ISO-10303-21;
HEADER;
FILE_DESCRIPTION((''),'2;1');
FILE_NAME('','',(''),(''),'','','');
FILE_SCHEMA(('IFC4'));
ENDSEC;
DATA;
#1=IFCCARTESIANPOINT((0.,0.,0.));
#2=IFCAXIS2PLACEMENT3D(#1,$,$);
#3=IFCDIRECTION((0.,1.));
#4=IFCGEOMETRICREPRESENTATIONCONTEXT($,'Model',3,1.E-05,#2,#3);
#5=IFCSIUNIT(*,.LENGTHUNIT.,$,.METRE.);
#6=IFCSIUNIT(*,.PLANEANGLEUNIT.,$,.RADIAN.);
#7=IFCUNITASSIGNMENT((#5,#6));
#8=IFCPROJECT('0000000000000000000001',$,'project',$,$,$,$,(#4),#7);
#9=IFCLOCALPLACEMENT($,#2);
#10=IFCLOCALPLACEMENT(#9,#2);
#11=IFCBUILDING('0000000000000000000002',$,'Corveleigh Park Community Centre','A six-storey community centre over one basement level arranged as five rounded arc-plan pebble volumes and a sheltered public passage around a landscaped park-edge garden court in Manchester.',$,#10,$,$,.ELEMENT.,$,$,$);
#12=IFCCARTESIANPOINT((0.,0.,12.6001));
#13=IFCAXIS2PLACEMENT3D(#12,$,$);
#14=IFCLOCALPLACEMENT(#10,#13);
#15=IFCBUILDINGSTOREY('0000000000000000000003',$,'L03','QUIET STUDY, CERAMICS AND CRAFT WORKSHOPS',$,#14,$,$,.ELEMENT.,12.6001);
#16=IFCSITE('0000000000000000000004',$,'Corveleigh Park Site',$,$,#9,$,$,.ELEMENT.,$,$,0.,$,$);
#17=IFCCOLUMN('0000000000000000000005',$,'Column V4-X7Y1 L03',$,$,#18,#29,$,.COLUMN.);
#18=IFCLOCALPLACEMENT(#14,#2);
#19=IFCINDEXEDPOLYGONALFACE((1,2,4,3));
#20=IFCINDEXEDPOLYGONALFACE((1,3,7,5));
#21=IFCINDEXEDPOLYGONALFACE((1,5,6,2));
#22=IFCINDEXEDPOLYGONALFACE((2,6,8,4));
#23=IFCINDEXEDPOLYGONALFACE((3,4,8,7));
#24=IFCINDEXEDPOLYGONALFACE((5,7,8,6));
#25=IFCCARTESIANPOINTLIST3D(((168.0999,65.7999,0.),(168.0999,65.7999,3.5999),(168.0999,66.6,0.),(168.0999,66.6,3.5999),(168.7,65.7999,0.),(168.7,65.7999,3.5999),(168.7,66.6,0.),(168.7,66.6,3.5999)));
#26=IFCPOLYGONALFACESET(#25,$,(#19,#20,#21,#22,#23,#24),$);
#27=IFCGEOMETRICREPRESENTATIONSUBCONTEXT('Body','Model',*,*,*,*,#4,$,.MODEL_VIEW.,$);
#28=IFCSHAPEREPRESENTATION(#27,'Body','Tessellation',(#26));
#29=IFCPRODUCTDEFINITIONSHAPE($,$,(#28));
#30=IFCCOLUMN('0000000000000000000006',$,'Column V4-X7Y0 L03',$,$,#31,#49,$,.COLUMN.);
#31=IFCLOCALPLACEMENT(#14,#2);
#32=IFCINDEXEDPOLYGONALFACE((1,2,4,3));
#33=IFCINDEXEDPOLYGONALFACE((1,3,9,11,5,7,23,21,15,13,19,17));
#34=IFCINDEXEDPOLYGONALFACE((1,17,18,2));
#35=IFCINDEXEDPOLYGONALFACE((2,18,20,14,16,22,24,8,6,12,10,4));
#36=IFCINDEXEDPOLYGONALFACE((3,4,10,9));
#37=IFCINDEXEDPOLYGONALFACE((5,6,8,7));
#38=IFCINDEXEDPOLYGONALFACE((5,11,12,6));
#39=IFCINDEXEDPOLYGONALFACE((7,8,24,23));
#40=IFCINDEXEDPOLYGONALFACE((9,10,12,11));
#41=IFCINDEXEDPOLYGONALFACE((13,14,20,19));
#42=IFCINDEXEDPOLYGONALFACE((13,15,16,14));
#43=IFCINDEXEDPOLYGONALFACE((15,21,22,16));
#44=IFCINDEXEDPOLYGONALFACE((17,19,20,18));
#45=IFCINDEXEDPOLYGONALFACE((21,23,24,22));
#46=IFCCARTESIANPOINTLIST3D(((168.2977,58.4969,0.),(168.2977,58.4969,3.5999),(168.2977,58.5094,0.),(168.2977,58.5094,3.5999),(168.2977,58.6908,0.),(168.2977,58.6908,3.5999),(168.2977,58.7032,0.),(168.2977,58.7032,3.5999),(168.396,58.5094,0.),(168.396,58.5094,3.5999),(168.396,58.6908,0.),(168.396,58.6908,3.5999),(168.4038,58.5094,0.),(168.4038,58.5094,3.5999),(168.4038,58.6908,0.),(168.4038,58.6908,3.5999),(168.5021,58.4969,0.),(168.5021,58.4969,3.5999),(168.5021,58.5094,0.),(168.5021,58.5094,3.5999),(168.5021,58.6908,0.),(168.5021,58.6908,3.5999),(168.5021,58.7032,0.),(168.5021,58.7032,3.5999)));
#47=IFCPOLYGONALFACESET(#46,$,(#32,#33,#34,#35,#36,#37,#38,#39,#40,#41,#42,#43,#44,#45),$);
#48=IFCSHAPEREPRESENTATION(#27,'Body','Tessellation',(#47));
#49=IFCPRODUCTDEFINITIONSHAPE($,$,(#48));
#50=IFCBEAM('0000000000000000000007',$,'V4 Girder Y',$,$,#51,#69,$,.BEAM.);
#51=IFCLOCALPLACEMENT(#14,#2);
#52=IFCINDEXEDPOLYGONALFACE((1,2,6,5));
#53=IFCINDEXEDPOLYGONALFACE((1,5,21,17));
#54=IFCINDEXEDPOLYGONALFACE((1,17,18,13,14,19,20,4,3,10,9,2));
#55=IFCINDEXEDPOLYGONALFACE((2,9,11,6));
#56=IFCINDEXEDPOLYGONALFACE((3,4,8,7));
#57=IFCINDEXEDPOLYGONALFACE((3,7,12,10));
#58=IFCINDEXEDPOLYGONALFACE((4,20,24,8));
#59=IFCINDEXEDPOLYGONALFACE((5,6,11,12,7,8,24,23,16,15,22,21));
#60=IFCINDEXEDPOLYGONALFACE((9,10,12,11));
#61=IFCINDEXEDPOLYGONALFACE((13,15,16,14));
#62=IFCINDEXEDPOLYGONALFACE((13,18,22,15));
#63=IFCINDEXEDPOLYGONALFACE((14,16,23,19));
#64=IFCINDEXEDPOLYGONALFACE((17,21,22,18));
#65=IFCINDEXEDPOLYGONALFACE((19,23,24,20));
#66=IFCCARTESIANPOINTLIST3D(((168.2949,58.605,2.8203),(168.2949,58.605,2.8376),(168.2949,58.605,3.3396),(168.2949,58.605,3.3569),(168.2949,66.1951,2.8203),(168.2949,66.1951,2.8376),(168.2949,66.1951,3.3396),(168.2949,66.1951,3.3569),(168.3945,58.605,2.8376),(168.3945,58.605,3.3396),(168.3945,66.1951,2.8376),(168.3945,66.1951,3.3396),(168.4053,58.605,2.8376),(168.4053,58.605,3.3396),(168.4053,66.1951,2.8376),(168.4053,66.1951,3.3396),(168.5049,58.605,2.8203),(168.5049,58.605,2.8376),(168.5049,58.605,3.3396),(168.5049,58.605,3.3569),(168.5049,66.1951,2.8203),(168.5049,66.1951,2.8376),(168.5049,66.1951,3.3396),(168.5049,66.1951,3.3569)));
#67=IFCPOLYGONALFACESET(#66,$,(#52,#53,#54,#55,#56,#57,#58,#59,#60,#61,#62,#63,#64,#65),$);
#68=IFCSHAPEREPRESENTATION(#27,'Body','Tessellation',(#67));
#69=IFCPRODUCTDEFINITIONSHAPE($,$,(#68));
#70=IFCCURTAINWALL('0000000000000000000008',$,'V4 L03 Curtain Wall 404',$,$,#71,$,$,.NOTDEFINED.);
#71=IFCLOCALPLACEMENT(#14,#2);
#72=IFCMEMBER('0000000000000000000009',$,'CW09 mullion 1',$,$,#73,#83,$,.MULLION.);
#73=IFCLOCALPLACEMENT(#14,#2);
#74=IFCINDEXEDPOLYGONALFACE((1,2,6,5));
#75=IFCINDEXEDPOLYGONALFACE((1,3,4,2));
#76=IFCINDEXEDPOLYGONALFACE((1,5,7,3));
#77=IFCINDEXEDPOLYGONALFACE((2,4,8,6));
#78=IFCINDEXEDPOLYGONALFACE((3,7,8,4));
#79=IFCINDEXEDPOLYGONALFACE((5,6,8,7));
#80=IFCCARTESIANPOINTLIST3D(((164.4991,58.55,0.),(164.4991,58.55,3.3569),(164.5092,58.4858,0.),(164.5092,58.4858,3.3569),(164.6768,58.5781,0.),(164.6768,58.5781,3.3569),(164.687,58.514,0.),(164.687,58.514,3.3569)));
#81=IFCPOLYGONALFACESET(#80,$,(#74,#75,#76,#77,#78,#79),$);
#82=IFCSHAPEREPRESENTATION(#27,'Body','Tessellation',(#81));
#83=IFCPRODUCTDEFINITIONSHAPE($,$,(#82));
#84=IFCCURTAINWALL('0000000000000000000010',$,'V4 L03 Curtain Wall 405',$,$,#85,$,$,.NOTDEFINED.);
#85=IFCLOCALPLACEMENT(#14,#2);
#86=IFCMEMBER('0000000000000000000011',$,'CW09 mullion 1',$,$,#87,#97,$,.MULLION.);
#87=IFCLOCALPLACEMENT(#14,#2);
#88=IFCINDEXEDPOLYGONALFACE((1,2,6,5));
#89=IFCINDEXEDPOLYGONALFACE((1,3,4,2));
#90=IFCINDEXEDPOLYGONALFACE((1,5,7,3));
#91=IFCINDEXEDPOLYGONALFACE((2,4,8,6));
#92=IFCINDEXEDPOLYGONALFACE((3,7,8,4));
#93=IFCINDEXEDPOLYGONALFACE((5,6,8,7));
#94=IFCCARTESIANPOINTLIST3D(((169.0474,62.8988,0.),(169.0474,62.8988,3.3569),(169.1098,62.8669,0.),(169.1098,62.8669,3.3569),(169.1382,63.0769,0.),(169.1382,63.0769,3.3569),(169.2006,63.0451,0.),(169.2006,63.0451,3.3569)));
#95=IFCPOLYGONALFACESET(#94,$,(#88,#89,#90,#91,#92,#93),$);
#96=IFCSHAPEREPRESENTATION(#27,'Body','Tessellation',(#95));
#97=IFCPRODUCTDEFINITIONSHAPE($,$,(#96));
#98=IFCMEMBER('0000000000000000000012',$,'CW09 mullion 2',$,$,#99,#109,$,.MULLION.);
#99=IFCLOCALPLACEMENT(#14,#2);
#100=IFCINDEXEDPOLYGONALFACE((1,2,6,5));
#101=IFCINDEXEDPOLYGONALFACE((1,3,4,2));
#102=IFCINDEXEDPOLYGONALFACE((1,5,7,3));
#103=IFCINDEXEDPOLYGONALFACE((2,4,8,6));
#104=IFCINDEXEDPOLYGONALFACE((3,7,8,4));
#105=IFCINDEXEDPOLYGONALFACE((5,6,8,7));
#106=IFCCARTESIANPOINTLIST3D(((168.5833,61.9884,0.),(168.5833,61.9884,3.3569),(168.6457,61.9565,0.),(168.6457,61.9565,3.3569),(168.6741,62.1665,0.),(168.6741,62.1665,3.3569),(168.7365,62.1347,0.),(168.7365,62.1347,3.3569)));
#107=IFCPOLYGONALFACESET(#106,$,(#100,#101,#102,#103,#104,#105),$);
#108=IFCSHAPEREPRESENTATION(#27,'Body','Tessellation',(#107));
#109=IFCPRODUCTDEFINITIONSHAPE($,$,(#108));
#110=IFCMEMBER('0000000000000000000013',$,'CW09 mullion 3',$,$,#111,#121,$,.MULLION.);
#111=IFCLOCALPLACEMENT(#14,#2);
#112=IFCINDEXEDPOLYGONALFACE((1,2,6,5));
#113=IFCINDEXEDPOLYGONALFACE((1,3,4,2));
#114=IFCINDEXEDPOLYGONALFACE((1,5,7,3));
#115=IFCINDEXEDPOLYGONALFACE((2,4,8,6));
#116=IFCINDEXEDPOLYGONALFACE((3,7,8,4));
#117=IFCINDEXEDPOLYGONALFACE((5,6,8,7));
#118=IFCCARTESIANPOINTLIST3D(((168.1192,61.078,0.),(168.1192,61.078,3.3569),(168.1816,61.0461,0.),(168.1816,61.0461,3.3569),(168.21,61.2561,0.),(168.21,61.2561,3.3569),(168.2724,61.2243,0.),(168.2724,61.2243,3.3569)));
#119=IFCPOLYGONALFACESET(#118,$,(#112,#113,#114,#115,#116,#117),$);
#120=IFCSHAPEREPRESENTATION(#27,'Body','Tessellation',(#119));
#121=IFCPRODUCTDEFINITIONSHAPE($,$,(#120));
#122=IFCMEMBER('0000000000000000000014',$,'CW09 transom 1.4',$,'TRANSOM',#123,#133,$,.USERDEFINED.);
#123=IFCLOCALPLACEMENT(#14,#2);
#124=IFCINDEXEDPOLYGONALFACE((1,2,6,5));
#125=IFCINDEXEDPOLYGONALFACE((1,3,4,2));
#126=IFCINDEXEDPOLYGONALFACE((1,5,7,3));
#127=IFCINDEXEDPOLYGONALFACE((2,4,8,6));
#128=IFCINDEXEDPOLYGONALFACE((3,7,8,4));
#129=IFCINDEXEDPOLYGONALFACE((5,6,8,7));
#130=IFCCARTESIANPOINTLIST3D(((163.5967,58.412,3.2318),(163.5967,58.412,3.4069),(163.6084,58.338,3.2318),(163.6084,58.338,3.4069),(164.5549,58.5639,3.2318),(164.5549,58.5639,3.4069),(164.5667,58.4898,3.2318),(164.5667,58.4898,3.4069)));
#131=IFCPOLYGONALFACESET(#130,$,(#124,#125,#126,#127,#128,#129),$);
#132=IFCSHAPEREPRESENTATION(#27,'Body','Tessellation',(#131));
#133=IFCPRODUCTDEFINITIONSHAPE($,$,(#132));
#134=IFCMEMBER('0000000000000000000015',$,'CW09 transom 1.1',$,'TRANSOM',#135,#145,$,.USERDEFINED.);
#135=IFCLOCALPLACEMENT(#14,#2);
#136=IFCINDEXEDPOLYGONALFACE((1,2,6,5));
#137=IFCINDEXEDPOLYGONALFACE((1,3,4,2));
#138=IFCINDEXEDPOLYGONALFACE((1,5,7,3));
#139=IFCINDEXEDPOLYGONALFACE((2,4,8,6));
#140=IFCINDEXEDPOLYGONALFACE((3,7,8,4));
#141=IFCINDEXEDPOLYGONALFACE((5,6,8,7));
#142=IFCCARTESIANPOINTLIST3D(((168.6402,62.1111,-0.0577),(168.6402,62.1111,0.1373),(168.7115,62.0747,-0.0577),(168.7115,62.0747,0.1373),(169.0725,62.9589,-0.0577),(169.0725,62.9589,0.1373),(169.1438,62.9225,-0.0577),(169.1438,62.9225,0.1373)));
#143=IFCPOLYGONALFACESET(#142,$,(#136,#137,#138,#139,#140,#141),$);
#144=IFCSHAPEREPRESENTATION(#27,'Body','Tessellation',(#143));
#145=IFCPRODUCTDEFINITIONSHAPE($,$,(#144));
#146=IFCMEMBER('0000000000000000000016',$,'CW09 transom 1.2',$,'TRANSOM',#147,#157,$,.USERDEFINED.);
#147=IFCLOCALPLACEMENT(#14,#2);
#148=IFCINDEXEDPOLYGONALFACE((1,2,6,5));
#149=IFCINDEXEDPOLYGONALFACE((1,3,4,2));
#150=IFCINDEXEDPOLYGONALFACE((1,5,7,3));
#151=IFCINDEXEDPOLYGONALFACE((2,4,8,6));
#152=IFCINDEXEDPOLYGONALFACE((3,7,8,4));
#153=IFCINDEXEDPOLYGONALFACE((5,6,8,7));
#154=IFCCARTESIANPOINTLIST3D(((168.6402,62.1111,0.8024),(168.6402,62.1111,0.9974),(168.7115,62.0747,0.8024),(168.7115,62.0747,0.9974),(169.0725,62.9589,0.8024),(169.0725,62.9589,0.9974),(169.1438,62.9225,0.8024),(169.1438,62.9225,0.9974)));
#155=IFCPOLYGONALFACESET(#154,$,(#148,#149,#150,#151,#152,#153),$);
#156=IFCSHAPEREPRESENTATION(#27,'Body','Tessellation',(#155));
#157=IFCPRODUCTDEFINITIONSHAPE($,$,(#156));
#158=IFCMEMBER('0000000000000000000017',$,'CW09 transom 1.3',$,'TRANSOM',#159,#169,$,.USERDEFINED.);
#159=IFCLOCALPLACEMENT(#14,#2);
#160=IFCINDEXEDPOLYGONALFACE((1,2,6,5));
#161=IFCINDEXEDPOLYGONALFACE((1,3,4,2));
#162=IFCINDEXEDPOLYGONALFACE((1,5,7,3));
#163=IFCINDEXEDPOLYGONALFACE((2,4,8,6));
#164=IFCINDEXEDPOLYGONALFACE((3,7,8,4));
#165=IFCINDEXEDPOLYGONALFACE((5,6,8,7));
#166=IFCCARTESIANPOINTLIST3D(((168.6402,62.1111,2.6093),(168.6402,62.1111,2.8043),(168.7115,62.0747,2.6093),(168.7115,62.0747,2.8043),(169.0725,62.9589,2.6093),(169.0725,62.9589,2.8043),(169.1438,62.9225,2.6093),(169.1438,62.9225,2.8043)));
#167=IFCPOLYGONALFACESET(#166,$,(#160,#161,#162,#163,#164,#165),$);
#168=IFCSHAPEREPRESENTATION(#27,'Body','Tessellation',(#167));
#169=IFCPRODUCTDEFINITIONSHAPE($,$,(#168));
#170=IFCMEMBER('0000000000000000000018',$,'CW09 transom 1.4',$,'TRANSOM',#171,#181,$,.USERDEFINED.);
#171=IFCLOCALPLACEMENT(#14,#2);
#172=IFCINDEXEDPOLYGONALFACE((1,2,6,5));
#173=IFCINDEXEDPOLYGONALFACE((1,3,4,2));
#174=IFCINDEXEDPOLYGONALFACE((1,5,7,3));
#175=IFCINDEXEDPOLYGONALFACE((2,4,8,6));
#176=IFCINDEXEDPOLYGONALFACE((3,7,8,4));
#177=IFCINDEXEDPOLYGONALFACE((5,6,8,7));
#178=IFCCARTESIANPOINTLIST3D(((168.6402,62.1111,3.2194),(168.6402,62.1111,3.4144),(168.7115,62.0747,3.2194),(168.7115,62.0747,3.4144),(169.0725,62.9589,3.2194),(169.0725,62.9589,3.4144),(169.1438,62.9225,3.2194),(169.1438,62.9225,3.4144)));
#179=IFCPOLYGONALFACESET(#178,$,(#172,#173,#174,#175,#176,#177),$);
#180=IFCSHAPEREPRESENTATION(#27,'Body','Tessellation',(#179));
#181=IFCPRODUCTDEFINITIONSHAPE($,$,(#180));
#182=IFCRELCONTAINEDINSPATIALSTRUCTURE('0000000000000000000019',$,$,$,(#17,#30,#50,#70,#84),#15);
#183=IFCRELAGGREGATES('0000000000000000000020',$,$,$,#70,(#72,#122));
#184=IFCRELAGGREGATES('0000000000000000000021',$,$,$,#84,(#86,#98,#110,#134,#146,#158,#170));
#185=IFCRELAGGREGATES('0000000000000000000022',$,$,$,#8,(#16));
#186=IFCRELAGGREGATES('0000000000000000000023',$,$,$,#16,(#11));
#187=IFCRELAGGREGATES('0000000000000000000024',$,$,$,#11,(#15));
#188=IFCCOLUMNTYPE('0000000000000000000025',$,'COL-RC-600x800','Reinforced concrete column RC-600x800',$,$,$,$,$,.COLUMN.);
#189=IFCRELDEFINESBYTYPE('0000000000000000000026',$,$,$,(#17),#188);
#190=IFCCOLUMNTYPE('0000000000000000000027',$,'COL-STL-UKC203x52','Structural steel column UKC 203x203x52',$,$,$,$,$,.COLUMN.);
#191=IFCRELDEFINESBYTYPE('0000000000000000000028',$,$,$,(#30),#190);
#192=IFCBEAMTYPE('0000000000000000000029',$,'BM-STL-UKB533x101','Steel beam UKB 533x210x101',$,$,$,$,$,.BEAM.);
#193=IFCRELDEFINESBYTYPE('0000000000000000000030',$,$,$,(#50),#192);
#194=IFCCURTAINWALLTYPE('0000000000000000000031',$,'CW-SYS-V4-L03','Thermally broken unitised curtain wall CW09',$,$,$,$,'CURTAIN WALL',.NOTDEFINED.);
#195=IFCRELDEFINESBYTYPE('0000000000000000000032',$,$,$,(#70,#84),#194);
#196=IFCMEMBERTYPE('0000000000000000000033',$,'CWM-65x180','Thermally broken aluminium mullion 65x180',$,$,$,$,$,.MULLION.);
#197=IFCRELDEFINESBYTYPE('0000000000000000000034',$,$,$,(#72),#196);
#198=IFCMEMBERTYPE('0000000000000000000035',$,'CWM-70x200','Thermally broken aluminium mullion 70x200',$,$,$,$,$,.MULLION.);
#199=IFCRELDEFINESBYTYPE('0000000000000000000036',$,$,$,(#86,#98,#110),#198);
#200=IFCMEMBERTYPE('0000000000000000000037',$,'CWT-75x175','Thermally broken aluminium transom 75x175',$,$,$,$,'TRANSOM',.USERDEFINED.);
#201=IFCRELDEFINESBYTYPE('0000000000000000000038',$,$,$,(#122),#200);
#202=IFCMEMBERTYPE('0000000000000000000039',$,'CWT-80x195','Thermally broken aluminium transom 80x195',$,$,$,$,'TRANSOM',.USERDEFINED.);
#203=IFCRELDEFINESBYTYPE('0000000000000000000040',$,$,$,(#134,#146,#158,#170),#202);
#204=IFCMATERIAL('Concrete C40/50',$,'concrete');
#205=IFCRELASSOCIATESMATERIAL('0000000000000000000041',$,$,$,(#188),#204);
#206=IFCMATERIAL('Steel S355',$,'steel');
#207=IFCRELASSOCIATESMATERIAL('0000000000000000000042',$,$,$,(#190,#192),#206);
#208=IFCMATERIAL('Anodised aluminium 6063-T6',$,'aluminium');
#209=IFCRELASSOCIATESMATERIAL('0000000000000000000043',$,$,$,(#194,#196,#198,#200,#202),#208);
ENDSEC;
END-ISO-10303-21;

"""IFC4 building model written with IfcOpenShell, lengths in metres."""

from ifc_helpers import new_model, si_unit, direction, frame, origin, origin_2d, place, context, subcontext, project, spatial, rectangle, i_section, extrude, material, material_profile, profile_set, type_object, element, aggregate, save


model = new_model("IFC4")

# Units and contexts
model_context = context("Model", 3, precision=1e-05, world=origin(), true_north=direction((0.0, 1.0)))
body_context = subcontext(model_context, "Body", "Model", "MODEL_VIEW")
ifc_project = project(units=[si_unit("LENGTHUNIT", "METRE"), si_unit("PLANEANGLEUNIT", "RADIAN")], contexts=[model_context])

# Site, building, storey
site_placement = place(None, origin())
site = spatial("IfcSite", under=ifc_project, at=site_placement, Name="Corveleigh Park Site", CompositionType="ELEMENT", RefElevation=0.0)
building_placement = place(site_placement, origin())
building = spatial("IfcBuilding", under=site, at=building_placement, Name="Corveleigh Park Community Centre", Description="A six-storey community centre over one basement level arranged as five rounded arc-plan pebble volumes and a sheltered public passage around a landscaped park-edge garden court in Manchester.", CompositionType="ELEMENT")
storey_placement = place(building_placement, frame((0.0, 0.0, 12.6001)))
storey = spatial("IfcBuildingStorey", under=building, at=storey_placement, Name="L03", Description="QUIET STUDY, CERAMICS AND CRAFT WORKSHOPS", CompositionType="ELEMENT", Elevation=12.6001)

# Columns
ifc_material_1 = material(Name="Concrete C40/50", Category="concrete")
ifc_material_profile_1 = material_profile(ifc_material_1, rectangle(XDim=0.6001, YDim=0.8, at=origin_2d()), Name="RC-600x800", Category="concrete")
ifc_profile_set_1 = profile_set([ifc_material_profile_1], Name="Concrete C40/50")
column_type_1 = type_object("IfcColumnType", Name="COL-RC-600x800", Description="Reinforced concrete column RC-600x800", PredefinedType="COLUMN", material=ifc_profile_set_1)
column_1_placement = place(storey_placement, frame((168.3999, 66.2, 0.0), z_axis=(0.0, 0.0, 1.0), x_axis=(1.0, 0.0, 0.0)))
element("IfcColumn", 1, at=column_1_placement, inside=storey, type_object=column_type_1, Name="Column V4-X7Y1 L03", PredefinedType="COLUMN", context=body_context, shape_type="SweptSolid", body=[
    extrude(rectangle(XDim=0.6001, YDim=0.8, at=origin_2d()), origin(), (0.0, 0.0, 1.0), 3.5999),
])
ifc_material_2 = material(Name="Steel S355", Category="steel")
ifc_material_profile_2 = material_profile(ifc_material_2, i_section(OverallWidth=0.2043, OverallDepth=0.2063, WebThickness=0.0078, FlangeThickness=0.0125, at=origin_2d()), Name="UKC 203x203x52", Category="steel")
ifc_profile_set_2 = profile_set([ifc_material_profile_2], Name="Steel S355")
column_type_2 = type_object("IfcColumnType", Name="COL-STL-UKC203x52", Description="Structural steel column UKC 203x203x52", PredefinedType="COLUMN", material=ifc_profile_set_2)
column_2_placement = place(storey_placement, frame((168.3999, 58.6001, 0.0), z_axis=(0.0, 0.0, 1.0), x_axis=(1.0, 0.0, 0.0)))
element("IfcColumn", 2, at=column_2_placement, inside=storey, type_object=column_type_2, Name="Column V4-X7Y0 L03", PredefinedType="COLUMN", context=body_context, shape_type="SweptSolid", body=[
    extrude(i_section(OverallWidth=0.2043, OverallDepth=0.2063, WebThickness=0.0078, FlangeThickness=0.0125, at=origin_2d()), origin(), (0.0, 0.0, 1.0), 3.5999),
])

# Beam
ifc_material_profile_3 = material_profile(ifc_material_2, i_section(OverallWidth=0.21, OverallDepth=0.5366, WebThickness=0.0107, FlangeThickness=0.0173, at=origin_2d()), Name="UKB 533x210x101", Category="steel")
ifc_profile_set_3 = profile_set([ifc_material_profile_3], Name="Steel S355")
beam_type = type_object("IfcBeamType", Name="BM-STL-UKB533x101", Description="Steel beam UKB 533x210x101", PredefinedType="BEAM", material=ifc_profile_set_3)
beam_placement = place(storey_placement, frame((168.3999, 58.605, 3.0886), z_axis=(0.0, 1.0, 0.0), x_axis=(-1.0, 0.0, 0.0)))
element("IfcBeam", 3, at=beam_placement, inside=storey, type_object=beam_type, Name="V4 Girder Y", PredefinedType="BEAM", context=body_context, shape_type="SweptSolid", body=[
    extrude(i_section(OverallWidth=0.21, OverallDepth=0.5366, WebThickness=0.0107, FlangeThickness=0.0173, at=origin_2d()), origin(), (0.0, 0.0, 1.0), 7.5901),
])

# Curtain wall, member
ifc_material_3 = material(Name="Anodised aluminium 6063-T6", Category="aluminium")
curtain_wall_type = type_object("IfcCurtainWallType", Name="CW-SYS-V4-L03", Description="Thermally broken unitised curtain wall CW09", ElementType="CURTAIN WALL", PredefinedType="NOTDEFINED", material=ifc_material_3)
curtain_wall_1_placement = place(storey_placement, origin())
curtain_wall_1 = element("IfcCurtainWall", 4, at=curtain_wall_1_placement, inside=storey, type_object=curtain_wall_type, Name="V4 L03 Curtain Wall 404", PredefinedType="NOTDEFINED")
ifc_material_profile_4 = material_profile(ifc_material_3, rectangle(XDim=0.0649, YDim=0.1799, at=origin_2d()), Name="ALU-M65x180", Category="aluminium")
ifc_profile_set_4 = profile_set([ifc_material_profile_4], Name="Anodised aluminium 6063-T6")
member_type_1 = type_object("IfcMemberType", Name="CWM-65x180", Description="Thermally broken aluminium mullion 65x180", PredefinedType="MULLION", material=ifc_profile_set_4)
member_1_placement = place(storey_placement, frame((164.593, 58.532, 0.0), z_axis=(0.0, 0.0, 1.0), x_axis=(0.156419, -0.987691, 0.0)))
member_1 = element("IfcMember", 5, at=member_1_placement, type_object=member_type_1, Name="CW09 mullion 1", PredefinedType="MULLION", context=body_context, shape_type="SweptSolid", body=[
    extrude(rectangle(XDim=0.0649, YDim=0.1799, at=origin_2d()), origin(), (0.0, 0.0, 1.0), 3.3569),
])

# Curtain wall, members
curtain_wall_2_placement = place(storey_placement, origin())
curtain_wall_2 = element("IfcCurtainWall", 6, at=curtain_wall_2_placement, inside=storey, type_object=curtain_wall_type, Name="V4 L03 Curtain Wall 405", PredefinedType="NOTDEFINED")
ifc_material_profile_5 = material_profile(ifc_material_3, rectangle(XDim=0.0701, YDim=0.2, at=origin_2d()), Name="ALU-M70x200", Category="aluminium")
ifc_profile_set_5 = profile_set([ifc_material_profile_5], Name="Anodised aluminium 6063-T6")
member_type_2 = type_object("IfcMemberType", Name="CWM-70x200", Description="Thermally broken aluminium mullion 70x200", PredefinedType="MULLION", material=ifc_profile_set_5)
member_2_placement = place(storey_placement, frame((169.124, 62.9719, 0.0), z_axis=(0.0, 0.0, 1.0), x_axis=(0.890899, -0.454202, 0.0)))
member_2 = element("IfcMember", 7, at=member_2_placement, type_object=member_type_2, Name="CW09 mullion 1", PredefinedType="MULLION", context=body_context, shape_type="SweptSolid", body=[
    extrude(rectangle(XDim=0.0701, YDim=0.2, at=origin_2d()), origin(), (0.0, 0.0, 1.0), 3.3569),
])
member_3_placement = place(storey_placement, frame((168.6599, 62.0615, 0.0), z_axis=(0.0, 0.0, 1.0), x_axis=(0.890899, -0.454202, 0.0)))
member_3 = element("IfcMember", 8, at=member_3_placement, type_object=member_type_2, Name="CW09 mullion 2", PredefinedType="MULLION", context=body_context, shape_type="SweptSolid", body=[
    extrude(rectangle(XDim=0.0701, YDim=0.2, at=origin_2d()), origin(), (0.0, 0.0, 1.0), 3.3569),
])
member_4_placement = place(storey_placement, frame((168.1958, 61.1511, 0.0), z_axis=(0.0, 0.0, 1.0), x_axis=(0.890899, -0.454202, 0.0)))
member_4 = element("IfcMember", 9, at=member_4_placement, type_object=member_type_2, Name="CW09 mullion 3", PredefinedType="MULLION", context=body_context, shape_type="SweptSolid", body=[
    extrude(rectangle(XDim=0.0701, YDim=0.2, at=origin_2d()), origin(), (0.0, 0.0, 1.0), 3.3569),
])

# Members
ifc_material_profile_6 = material_profile(ifc_material_3, rectangle(XDim=0.075, YDim=0.175, at=origin_2d()), Name="ALU-T75x175", Category="aluminium")
ifc_profile_set_6 = profile_set([ifc_material_profile_6], Name="Anodised aluminium 6063-T6")
member_type_3 = type_object("IfcMemberType", Name="CWT-75x175", Description="Thermally broken aluminium transom 75x175", ElementType="TRANSOM", PredefinedType="USERDEFINED", material=ifc_profile_set_6)
member_5_placement = place(storey_placement, frame((164.5608, 58.5269, 3.3193), z_axis=(-0.987675, -0.156518, 0.0), x_axis=(0.156518, -0.987675, 0.0)))
member_5 = element("IfcMember", 10, at=member_5_placement, type_object=member_type_3, Name="CW09 transom 1.4", ObjectType="TRANSOM", PredefinedType="USERDEFINED", context=body_context, shape_type="SweptSolid", body=[
    extrude(rectangle(XDim=0.075, YDim=0.175, at=origin_2d()), origin(), (0.0, 0.0, 1.0), 0.9702),
])
aggregate(curtain_wall_1, [member_1, member_5])
ifc_material_profile_7 = material_profile(ifc_material_3, rectangle(XDim=0.0801, YDim=0.1951, at=origin_2d()), Name="ALU-T80x195", Category="aluminium")
ifc_profile_set_7 = profile_set([ifc_material_profile_7], Name="Anodised aluminium 6063-T6")
member_type_4 = type_object("IfcMemberType", Name="CWT-80x195", Description="Thermally broken aluminium transom 80x195", ElementType="TRANSOM", PredefinedType="USERDEFINED", material=ifc_profile_set_7)
member_6_placement = place(storey_placement, frame((169.1082, 62.9407, 0.0398), z_axis=(-0.454279, -0.890859, 0.0), x_axis=(0.890859, -0.454279, 0.0)))
member_6 = element("IfcMember", 11, at=member_6_placement, type_object=member_type_4, Name="CW09 transom 1.1", ObjectType="TRANSOM", PredefinedType="USERDEFINED", context=body_context, shape_type="SweptSolid", body=[
    extrude(rectangle(XDim=0.0801, YDim=0.1951, at=origin_2d()), origin(), (0.0, 0.0, 1.0), 0.9517),
])
member_7_placement = place(storey_placement, frame((169.1082, 62.9407, 0.8999), z_axis=(-0.454279, -0.890859, 0.0), x_axis=(0.890859, -0.454279, 0.0)))
member_7 = element("IfcMember", 12, at=member_7_placement, type_object=member_type_4, Name="CW09 transom 1.2", ObjectType="TRANSOM", PredefinedType="USERDEFINED", context=body_context, shape_type="SweptSolid", body=[
    extrude(rectangle(XDim=0.0801, YDim=0.1951, at=origin_2d()), origin(), (0.0, 0.0, 1.0), 0.9517),
])
member_8_placement = place(storey_placement, frame((169.1082, 62.9407, 2.7068), z_axis=(-0.454279, -0.890859, 0.0), x_axis=(0.890859, -0.454279, 0.0)))
member_8 = element("IfcMember", 13, at=member_8_placement, type_object=member_type_4, Name="CW09 transom 1.3", ObjectType="TRANSOM", PredefinedType="USERDEFINED", context=body_context, shape_type="SweptSolid", body=[
    extrude(rectangle(XDim=0.0801, YDim=0.1951, at=origin_2d()), origin(), (0.0, 0.0, 1.0), 0.9517),
])
member_9_placement = place(storey_placement, frame((169.1082, 62.9407, 3.3169), z_axis=(-0.454279, -0.890859, 0.0), x_axis=(0.890859, -0.454279, 0.0)))
member_9 = element("IfcMember", 14, at=member_9_placement, type_object=member_type_4, Name="CW09 transom 1.4", ObjectType="TRANSOM", PredefinedType="USERDEFINED", context=body_context, shape_type="SweptSolid", body=[
    extrude(rectangle(XDim=0.0801, YDim=0.1951, at=origin_2d()), origin(), (0.0, 0.0, 1.0), 0.9517),
])

aggregate(curtain_wall_2, [member_2, member_3, member_4, member_6, member_7, member_8, member_9])

save(model, "model.ifc")
